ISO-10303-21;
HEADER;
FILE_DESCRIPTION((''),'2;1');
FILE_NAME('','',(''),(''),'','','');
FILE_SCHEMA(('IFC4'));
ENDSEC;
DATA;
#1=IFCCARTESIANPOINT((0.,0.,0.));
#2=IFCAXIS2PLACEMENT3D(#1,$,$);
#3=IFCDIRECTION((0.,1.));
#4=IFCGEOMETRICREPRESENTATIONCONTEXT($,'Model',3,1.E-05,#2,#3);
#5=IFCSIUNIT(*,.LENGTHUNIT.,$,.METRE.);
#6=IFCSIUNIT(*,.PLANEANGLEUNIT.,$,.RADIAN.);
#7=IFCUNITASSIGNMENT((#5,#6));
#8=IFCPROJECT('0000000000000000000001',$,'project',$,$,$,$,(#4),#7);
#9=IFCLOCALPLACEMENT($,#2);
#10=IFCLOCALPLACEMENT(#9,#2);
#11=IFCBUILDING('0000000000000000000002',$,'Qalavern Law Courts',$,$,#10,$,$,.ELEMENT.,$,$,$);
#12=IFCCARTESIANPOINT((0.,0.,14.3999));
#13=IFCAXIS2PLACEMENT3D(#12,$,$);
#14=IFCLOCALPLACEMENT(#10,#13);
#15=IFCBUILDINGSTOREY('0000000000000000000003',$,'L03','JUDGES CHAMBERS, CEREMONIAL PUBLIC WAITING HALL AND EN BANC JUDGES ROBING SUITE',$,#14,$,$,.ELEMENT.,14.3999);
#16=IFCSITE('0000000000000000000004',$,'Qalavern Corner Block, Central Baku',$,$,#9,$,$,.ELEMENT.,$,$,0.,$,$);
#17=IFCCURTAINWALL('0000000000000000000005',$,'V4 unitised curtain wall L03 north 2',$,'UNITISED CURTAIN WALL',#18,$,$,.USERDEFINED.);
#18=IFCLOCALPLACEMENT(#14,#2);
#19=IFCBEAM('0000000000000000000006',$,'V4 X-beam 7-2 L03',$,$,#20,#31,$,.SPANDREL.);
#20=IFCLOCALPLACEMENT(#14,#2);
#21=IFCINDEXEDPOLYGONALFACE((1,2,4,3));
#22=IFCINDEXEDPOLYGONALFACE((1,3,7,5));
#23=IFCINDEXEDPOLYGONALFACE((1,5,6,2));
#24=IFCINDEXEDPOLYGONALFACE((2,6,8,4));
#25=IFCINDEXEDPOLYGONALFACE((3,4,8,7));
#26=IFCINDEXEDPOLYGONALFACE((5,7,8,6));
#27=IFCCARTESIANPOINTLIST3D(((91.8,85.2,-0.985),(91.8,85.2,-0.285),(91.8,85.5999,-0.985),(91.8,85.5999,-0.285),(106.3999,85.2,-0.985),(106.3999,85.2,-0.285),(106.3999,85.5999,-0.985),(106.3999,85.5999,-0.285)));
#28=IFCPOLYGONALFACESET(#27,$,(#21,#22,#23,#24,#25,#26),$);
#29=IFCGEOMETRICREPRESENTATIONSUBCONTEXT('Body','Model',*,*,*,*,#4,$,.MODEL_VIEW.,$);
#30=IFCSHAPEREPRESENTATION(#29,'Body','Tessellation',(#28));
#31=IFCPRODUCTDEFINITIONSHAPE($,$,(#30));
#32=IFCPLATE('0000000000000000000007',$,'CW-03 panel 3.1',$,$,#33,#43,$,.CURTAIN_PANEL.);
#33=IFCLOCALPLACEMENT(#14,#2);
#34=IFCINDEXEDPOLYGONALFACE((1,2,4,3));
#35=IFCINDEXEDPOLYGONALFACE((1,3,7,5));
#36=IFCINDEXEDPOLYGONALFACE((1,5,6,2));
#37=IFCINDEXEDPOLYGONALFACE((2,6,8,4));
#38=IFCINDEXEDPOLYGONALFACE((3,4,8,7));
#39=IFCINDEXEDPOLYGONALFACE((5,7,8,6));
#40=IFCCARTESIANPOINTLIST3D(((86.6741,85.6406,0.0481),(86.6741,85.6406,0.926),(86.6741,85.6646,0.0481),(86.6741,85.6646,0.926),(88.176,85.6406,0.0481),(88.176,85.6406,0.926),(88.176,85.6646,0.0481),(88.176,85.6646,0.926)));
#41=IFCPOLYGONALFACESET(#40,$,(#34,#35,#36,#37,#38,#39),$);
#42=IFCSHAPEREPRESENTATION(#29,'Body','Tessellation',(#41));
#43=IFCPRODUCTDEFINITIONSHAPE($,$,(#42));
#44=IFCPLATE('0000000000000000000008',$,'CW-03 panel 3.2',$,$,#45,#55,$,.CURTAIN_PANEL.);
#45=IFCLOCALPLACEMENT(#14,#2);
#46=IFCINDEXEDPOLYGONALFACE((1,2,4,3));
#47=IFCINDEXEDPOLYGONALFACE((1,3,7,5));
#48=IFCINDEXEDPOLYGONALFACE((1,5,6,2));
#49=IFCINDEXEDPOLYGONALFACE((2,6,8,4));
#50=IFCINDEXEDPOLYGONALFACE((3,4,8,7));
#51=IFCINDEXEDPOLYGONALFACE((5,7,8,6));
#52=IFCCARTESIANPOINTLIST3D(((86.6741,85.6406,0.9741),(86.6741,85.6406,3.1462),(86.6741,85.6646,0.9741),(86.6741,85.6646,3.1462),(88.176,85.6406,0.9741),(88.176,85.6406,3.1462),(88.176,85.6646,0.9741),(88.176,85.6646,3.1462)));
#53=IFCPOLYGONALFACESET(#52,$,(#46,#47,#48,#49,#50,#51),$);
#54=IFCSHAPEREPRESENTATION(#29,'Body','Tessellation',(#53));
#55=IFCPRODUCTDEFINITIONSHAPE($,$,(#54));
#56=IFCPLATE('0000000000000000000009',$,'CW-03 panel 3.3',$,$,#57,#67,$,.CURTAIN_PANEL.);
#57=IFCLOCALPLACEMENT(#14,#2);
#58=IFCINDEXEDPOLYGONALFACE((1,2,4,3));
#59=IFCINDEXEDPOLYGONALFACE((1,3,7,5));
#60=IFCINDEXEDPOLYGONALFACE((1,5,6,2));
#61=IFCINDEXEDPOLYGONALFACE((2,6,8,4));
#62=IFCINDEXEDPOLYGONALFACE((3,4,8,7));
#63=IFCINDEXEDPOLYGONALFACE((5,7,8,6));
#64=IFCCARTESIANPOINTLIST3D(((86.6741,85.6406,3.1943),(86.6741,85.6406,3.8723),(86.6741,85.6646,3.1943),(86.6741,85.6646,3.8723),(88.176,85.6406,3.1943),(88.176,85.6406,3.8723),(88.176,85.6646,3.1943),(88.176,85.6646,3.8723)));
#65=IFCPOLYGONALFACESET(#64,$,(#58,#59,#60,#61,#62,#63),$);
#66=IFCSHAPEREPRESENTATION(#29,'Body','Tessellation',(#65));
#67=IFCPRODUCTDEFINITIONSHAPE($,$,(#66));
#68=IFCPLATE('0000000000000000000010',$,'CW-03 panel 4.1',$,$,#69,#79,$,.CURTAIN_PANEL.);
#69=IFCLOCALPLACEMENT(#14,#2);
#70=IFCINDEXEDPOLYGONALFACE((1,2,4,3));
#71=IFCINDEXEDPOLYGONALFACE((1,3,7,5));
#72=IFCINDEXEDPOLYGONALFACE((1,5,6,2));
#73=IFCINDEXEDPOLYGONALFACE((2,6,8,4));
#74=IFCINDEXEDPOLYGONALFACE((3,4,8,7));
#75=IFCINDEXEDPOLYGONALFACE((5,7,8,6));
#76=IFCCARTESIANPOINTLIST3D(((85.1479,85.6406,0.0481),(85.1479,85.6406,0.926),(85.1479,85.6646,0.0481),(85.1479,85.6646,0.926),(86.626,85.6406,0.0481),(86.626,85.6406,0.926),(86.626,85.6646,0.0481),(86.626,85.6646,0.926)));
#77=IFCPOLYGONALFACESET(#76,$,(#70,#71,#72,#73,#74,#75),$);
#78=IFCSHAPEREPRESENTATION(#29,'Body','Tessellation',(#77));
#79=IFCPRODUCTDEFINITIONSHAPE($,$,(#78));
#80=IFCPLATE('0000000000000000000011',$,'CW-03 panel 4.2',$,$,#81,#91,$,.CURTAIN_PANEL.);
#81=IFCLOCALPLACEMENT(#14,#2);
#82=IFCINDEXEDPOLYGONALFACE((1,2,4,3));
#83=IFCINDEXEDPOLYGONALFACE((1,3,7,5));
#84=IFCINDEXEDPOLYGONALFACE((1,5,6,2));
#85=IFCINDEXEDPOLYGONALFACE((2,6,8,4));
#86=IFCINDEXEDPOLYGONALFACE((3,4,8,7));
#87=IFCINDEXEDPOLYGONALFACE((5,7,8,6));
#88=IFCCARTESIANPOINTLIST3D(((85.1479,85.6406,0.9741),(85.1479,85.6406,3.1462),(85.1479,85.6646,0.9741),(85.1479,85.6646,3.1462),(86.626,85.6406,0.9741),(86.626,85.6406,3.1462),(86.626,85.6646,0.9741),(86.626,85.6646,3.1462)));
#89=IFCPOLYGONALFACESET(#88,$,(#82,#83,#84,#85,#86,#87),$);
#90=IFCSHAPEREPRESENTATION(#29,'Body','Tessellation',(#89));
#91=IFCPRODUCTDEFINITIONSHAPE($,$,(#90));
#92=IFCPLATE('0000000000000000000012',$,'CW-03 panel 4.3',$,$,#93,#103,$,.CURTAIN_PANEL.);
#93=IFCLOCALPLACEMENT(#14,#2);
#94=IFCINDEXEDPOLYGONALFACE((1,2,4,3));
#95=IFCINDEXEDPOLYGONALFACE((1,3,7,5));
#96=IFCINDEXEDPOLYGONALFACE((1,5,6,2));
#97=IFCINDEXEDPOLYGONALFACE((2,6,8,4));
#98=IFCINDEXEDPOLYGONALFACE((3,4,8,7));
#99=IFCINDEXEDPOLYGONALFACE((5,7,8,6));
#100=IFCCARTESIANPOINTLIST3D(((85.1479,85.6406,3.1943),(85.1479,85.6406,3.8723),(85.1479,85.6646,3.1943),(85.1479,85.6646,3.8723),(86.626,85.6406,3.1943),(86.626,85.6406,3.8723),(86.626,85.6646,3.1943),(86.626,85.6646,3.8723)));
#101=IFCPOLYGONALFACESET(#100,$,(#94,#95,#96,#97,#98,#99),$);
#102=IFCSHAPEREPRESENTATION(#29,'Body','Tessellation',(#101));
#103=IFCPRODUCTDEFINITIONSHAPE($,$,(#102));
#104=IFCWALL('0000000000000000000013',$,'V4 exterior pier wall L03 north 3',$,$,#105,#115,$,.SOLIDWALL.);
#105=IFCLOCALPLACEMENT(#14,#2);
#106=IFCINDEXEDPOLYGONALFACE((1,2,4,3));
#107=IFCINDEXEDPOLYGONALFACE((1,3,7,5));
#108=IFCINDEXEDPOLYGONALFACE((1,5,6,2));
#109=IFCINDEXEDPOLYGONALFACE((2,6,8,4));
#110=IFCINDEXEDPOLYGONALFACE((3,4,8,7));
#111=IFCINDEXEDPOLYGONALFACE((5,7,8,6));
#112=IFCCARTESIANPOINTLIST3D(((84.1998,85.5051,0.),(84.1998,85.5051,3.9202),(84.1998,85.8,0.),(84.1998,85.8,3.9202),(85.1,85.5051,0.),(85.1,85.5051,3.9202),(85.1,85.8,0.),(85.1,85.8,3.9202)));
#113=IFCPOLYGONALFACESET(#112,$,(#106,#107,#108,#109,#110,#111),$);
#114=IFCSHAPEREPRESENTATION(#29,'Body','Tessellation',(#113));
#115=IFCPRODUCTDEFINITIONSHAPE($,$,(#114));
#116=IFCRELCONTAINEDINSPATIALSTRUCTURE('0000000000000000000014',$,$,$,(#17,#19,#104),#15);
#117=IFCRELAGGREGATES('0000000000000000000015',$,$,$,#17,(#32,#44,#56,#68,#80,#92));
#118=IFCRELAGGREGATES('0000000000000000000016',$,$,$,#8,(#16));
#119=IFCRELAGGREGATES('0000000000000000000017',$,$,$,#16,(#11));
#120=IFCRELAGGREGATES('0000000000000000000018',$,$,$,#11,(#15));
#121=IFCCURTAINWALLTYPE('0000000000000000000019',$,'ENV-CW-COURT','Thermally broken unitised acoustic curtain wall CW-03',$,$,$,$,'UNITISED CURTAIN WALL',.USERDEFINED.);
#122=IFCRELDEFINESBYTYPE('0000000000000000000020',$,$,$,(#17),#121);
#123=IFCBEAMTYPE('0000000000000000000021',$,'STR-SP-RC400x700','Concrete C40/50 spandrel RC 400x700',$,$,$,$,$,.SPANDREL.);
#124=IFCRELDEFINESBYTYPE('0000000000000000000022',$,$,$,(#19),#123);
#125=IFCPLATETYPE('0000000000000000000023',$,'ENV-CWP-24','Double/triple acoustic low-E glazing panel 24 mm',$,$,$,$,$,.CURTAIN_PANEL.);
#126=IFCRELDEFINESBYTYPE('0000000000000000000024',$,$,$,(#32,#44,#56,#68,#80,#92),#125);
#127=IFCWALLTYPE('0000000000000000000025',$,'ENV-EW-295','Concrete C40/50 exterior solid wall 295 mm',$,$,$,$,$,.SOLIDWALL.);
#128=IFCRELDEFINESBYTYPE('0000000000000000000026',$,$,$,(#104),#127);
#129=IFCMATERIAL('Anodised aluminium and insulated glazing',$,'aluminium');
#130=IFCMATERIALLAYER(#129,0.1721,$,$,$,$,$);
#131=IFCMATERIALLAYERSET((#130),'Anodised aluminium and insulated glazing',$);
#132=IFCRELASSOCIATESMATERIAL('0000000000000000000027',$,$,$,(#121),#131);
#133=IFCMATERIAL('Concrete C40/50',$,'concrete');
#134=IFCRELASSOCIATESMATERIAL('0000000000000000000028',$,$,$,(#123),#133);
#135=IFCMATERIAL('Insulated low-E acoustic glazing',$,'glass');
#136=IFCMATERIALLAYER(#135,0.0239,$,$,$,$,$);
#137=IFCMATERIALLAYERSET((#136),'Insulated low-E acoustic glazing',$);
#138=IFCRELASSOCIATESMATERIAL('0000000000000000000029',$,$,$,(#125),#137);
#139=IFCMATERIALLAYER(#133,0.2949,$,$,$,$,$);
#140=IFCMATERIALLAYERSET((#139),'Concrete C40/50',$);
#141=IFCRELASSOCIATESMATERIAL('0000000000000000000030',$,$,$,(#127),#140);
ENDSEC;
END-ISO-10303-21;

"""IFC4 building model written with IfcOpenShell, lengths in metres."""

from ifc_helpers import new_model, si_unit, direction, frame, frame_2d, origin, origin_2d, place, context, subcontext, project, spatial, rectangle, extrude, material, layer, layer_set, material_profile, profile_set, type_object, element, aggregate, save


model = new_model("IFC4")

# Units and contexts
model_context = context("Model", 3, precision=1e-05, world=origin(), true_north=direction((0.0, 1.0)))
body_context = subcontext(model_context, "Body", "Model", "MODEL_VIEW")
ifc_project = project(units=[si_unit("LENGTHUNIT", "METRE"), si_unit("PLANEANGLEUNIT", "RADIAN")], contexts=[model_context])

# Site, building, storey
site_placement = place(None, origin())
site = spatial("IfcSite", under=ifc_project, at=site_placement, Name="Qalavern Corner Block, Central Baku", CompositionType="ELEMENT", RefElevation=0.0)
building_placement = place(site_placement, origin())
building = spatial("IfcBuilding", under=site, at=building_placement, Name="Qalavern Law Courts", CompositionType="ELEMENT")
storey_placement = place(building_placement, frame((0.0, 0.0, 14.3999)))
storey = spatial("IfcBuildingStorey", under=building, at=storey_placement, Name="L03", Description="JUDGES CHAMBERS, CEREMONIAL PUBLIC WAITING HALL AND EN BANC JUDGES ROBING SUITE", CompositionType="ELEMENT", Elevation=14.3999)

# Curtain wall
ifc_material_1 = material(Name="Anodised aluminium and insulated glazing", Category="aluminium")
ifc_layer_1 = layer(ifc_material_1, 0.1721)
ifc_layer_set_1 = layer_set([ifc_layer_1], Name="Anodised aluminium and insulated glazing")
curtain_wall_type = type_object("IfcCurtainWallType", Name="ENV-CW-COURT", Description="Thermally broken unitised acoustic curtain wall CW-03", ElementType="UNITISED CURTAIN WALL", PredefinedType="USERDEFINED", material=ifc_layer_set_1)
curtain_wall_placement = place(storey_placement, origin())
curtain_wall = element("IfcCurtainWall", 1, at=curtain_wall_placement, inside=storey, type_object=curtain_wall_type, Name="V4 unitised curtain wall L03 north 2", ObjectType="UNITISED CURTAIN WALL", PredefinedType="USERDEFINED")

# Beam
ifc_material_2 = material(Name="Concrete C40/50", Category="concrete")
ifc_material_profile_1 = material_profile(ifc_material_2, rectangle(XDim=0.3999, YDim=0.7, at=origin_2d()), Name="RC 400x700")
ifc_profile_set_1 = profile_set([ifc_material_profile_1], Name="Concrete C40/50")
beam_type = type_object("IfcBeamType", Name="STR-SP-RC400x700", Description="Concrete C40/50 spandrel RC 400x700", PredefinedType="SPANDREL", material=ifc_profile_set_1)
beam_placement = place(storey_placement, frame((91.8, 85.3999, -0.635), z_axis=(1.0, 0.0, 0.0), x_axis=(0.0, 1.0, 0.0)))
element("IfcBeam", 2, at=beam_placement, inside=storey, type_object=beam_type, Name="V4 X-beam 7-2 L03", PredefinedType="SPANDREL", context=body_context, shape_type="SweptSolid", body=[
    extrude(rectangle(XDim=0.3999, YDim=0.7, at=origin_2d()), origin(), (0.0, 0.0, 1.0), 14.5999),
])

# Plates
ifc_material_3 = material(Name="Insulated low-E acoustic glazing", Category="glass")
ifc_layer_2 = layer(ifc_material_3, 0.0239)
ifc_layer_set_2 = layer_set([ifc_layer_2], Name="Insulated low-E acoustic glazing")
plate_type = type_object("IfcPlateType", Name="ENV-CWP-24", Description="Double/triple acoustic low-E glazing panel 24 mm", PredefinedType="CURTAIN_PANEL", material=ifc_layer_set_2)
plate_1_placement = place(storey_placement, frame((87.425, 85.6526, 0.0481), z_axis=(0.0, 0.0, 1.0), x_axis=(-1.0, 0.0, 0.0)))
plate_1 = element("IfcPlate", 3, at=plate_1_placement, type_object=plate_type, Name="CW-03 panel 3.1", PredefinedType="CURTAIN_PANEL", context=body_context, shape_type="SweptSolid", body=[
    extrude(rectangle(XDim=1.502, YDim=0.0239, at=origin_2d()), origin(), (0.0, 0.0, 1.0), 0.8779),
])
plate_2_placement = place(storey_placement, frame((87.425, 85.6526, 0.9741), z_axis=(0.0, 0.0, 1.0), x_axis=(-1.0, 0.0, 0.0)))
plate_2 = element("IfcPlate", 4, at=plate_2_placement, type_object=plate_type, Name="CW-03 panel 3.2", PredefinedType="CURTAIN_PANEL", context=body_context, shape_type="SweptSolid", body=[
    extrude(rectangle(XDim=1.502, YDim=0.0239, at=origin_2d()), origin(), (0.0, 0.0, 1.0), 2.1721),
])
plate_3_placement = place(storey_placement, frame((87.425, 85.6526, 3.1943), z_axis=(0.0, 0.0, 1.0), x_axis=(-1.0, 0.0, 0.0)))
plate_3 = element("IfcPlate", 5, at=plate_3_placement, type_object=plate_type, Name="CW-03 panel 3.3", PredefinedType="CURTAIN_PANEL", context=body_context, shape_type="SweptSolid", body=[
    extrude(rectangle(XDim=1.502, YDim=0.0239, at=origin_2d()), origin(), (0.0, 0.0, 1.0), 0.678),
])
plate_4_placement = place(storey_placement, frame((85.887, 85.6526, 0.0481), z_axis=(0.0, 0.0, 1.0), x_axis=(-1.0, 0.0, 0.0)))
plate_4 = element("IfcPlate", 6, at=plate_4_placement, type_object=plate_type, Name="CW-03 panel 4.1", PredefinedType="CURTAIN_PANEL", context=body_context, shape_type="SweptSolid", body=[
    extrude(rectangle(XDim=1.478, YDim=0.0239, at=origin_2d()), origin(), (0.0, 0.0, 1.0), 0.8779),
])
plate_5_placement = place(storey_placement, frame((85.887, 85.6526, 0.9741), z_axis=(0.0, 0.0, 1.0), x_axis=(-1.0, 0.0, 0.0)))
plate_5 = element("IfcPlate", 7, at=plate_5_placement, type_object=plate_type, Name="CW-03 panel 4.2", PredefinedType="CURTAIN_PANEL", context=body_context, shape_type="SweptSolid", body=[
    extrude(rectangle(XDim=1.478, YDim=0.0239, at=origin_2d()), origin(), (0.0, 0.0, 1.0), 2.1721),
])
plate_6_placement = place(storey_placement, frame((85.887, 85.6526, 3.1943), z_axis=(0.0, 0.0, 1.0), x_axis=(-1.0, 0.0, 0.0)))
plate_6 = element("IfcPlate", 8, at=plate_6_placement, type_object=plate_type, Name="CW-03 panel 4.3", PredefinedType="CURTAIN_PANEL", context=body_context, shape_type="SweptSolid", body=[
    extrude(rectangle(XDim=1.478, YDim=0.0239, at=origin_2d()), origin(), (0.0, 0.0, 1.0), 0.678),
])
aggregate(curtain_wall, [plate_1, plate_2, plate_3, plate_4, plate_5, plate_6])

# Wall
ifc_layer_3 = layer(ifc_material_2, 0.2949)
ifc_layer_set_3 = layer_set([ifc_layer_3], Name="Concrete C40/50")
wall_type = type_object("IfcWallType", Name="ENV-EW-295", Description="Concrete C40/50 exterior solid wall 295 mm", PredefinedType="SOLIDWALL", material=ifc_layer_set_3)
wall_placement = place(storey_placement, frame((85.1001, 85.6526, 0.0), z_axis=(0.0, 0.0, 1.0), x_axis=(-1.0, 0.0, 0.0)))
element("IfcWall", 9, at=wall_placement, inside=storey, type_object=wall_type, Name="V4 exterior pier wall L03 north 3", PredefinedType="SOLIDWALL", context=body_context, shape_type="SweptSolid", body=[
    extrude(rectangle(XDim=0.9001, YDim=0.2949, at=frame_2d((0.4502, 0.0))), origin(), (0.0, 0.0, 1.0), 3.9202),
])

save(model, "model.ifc")
